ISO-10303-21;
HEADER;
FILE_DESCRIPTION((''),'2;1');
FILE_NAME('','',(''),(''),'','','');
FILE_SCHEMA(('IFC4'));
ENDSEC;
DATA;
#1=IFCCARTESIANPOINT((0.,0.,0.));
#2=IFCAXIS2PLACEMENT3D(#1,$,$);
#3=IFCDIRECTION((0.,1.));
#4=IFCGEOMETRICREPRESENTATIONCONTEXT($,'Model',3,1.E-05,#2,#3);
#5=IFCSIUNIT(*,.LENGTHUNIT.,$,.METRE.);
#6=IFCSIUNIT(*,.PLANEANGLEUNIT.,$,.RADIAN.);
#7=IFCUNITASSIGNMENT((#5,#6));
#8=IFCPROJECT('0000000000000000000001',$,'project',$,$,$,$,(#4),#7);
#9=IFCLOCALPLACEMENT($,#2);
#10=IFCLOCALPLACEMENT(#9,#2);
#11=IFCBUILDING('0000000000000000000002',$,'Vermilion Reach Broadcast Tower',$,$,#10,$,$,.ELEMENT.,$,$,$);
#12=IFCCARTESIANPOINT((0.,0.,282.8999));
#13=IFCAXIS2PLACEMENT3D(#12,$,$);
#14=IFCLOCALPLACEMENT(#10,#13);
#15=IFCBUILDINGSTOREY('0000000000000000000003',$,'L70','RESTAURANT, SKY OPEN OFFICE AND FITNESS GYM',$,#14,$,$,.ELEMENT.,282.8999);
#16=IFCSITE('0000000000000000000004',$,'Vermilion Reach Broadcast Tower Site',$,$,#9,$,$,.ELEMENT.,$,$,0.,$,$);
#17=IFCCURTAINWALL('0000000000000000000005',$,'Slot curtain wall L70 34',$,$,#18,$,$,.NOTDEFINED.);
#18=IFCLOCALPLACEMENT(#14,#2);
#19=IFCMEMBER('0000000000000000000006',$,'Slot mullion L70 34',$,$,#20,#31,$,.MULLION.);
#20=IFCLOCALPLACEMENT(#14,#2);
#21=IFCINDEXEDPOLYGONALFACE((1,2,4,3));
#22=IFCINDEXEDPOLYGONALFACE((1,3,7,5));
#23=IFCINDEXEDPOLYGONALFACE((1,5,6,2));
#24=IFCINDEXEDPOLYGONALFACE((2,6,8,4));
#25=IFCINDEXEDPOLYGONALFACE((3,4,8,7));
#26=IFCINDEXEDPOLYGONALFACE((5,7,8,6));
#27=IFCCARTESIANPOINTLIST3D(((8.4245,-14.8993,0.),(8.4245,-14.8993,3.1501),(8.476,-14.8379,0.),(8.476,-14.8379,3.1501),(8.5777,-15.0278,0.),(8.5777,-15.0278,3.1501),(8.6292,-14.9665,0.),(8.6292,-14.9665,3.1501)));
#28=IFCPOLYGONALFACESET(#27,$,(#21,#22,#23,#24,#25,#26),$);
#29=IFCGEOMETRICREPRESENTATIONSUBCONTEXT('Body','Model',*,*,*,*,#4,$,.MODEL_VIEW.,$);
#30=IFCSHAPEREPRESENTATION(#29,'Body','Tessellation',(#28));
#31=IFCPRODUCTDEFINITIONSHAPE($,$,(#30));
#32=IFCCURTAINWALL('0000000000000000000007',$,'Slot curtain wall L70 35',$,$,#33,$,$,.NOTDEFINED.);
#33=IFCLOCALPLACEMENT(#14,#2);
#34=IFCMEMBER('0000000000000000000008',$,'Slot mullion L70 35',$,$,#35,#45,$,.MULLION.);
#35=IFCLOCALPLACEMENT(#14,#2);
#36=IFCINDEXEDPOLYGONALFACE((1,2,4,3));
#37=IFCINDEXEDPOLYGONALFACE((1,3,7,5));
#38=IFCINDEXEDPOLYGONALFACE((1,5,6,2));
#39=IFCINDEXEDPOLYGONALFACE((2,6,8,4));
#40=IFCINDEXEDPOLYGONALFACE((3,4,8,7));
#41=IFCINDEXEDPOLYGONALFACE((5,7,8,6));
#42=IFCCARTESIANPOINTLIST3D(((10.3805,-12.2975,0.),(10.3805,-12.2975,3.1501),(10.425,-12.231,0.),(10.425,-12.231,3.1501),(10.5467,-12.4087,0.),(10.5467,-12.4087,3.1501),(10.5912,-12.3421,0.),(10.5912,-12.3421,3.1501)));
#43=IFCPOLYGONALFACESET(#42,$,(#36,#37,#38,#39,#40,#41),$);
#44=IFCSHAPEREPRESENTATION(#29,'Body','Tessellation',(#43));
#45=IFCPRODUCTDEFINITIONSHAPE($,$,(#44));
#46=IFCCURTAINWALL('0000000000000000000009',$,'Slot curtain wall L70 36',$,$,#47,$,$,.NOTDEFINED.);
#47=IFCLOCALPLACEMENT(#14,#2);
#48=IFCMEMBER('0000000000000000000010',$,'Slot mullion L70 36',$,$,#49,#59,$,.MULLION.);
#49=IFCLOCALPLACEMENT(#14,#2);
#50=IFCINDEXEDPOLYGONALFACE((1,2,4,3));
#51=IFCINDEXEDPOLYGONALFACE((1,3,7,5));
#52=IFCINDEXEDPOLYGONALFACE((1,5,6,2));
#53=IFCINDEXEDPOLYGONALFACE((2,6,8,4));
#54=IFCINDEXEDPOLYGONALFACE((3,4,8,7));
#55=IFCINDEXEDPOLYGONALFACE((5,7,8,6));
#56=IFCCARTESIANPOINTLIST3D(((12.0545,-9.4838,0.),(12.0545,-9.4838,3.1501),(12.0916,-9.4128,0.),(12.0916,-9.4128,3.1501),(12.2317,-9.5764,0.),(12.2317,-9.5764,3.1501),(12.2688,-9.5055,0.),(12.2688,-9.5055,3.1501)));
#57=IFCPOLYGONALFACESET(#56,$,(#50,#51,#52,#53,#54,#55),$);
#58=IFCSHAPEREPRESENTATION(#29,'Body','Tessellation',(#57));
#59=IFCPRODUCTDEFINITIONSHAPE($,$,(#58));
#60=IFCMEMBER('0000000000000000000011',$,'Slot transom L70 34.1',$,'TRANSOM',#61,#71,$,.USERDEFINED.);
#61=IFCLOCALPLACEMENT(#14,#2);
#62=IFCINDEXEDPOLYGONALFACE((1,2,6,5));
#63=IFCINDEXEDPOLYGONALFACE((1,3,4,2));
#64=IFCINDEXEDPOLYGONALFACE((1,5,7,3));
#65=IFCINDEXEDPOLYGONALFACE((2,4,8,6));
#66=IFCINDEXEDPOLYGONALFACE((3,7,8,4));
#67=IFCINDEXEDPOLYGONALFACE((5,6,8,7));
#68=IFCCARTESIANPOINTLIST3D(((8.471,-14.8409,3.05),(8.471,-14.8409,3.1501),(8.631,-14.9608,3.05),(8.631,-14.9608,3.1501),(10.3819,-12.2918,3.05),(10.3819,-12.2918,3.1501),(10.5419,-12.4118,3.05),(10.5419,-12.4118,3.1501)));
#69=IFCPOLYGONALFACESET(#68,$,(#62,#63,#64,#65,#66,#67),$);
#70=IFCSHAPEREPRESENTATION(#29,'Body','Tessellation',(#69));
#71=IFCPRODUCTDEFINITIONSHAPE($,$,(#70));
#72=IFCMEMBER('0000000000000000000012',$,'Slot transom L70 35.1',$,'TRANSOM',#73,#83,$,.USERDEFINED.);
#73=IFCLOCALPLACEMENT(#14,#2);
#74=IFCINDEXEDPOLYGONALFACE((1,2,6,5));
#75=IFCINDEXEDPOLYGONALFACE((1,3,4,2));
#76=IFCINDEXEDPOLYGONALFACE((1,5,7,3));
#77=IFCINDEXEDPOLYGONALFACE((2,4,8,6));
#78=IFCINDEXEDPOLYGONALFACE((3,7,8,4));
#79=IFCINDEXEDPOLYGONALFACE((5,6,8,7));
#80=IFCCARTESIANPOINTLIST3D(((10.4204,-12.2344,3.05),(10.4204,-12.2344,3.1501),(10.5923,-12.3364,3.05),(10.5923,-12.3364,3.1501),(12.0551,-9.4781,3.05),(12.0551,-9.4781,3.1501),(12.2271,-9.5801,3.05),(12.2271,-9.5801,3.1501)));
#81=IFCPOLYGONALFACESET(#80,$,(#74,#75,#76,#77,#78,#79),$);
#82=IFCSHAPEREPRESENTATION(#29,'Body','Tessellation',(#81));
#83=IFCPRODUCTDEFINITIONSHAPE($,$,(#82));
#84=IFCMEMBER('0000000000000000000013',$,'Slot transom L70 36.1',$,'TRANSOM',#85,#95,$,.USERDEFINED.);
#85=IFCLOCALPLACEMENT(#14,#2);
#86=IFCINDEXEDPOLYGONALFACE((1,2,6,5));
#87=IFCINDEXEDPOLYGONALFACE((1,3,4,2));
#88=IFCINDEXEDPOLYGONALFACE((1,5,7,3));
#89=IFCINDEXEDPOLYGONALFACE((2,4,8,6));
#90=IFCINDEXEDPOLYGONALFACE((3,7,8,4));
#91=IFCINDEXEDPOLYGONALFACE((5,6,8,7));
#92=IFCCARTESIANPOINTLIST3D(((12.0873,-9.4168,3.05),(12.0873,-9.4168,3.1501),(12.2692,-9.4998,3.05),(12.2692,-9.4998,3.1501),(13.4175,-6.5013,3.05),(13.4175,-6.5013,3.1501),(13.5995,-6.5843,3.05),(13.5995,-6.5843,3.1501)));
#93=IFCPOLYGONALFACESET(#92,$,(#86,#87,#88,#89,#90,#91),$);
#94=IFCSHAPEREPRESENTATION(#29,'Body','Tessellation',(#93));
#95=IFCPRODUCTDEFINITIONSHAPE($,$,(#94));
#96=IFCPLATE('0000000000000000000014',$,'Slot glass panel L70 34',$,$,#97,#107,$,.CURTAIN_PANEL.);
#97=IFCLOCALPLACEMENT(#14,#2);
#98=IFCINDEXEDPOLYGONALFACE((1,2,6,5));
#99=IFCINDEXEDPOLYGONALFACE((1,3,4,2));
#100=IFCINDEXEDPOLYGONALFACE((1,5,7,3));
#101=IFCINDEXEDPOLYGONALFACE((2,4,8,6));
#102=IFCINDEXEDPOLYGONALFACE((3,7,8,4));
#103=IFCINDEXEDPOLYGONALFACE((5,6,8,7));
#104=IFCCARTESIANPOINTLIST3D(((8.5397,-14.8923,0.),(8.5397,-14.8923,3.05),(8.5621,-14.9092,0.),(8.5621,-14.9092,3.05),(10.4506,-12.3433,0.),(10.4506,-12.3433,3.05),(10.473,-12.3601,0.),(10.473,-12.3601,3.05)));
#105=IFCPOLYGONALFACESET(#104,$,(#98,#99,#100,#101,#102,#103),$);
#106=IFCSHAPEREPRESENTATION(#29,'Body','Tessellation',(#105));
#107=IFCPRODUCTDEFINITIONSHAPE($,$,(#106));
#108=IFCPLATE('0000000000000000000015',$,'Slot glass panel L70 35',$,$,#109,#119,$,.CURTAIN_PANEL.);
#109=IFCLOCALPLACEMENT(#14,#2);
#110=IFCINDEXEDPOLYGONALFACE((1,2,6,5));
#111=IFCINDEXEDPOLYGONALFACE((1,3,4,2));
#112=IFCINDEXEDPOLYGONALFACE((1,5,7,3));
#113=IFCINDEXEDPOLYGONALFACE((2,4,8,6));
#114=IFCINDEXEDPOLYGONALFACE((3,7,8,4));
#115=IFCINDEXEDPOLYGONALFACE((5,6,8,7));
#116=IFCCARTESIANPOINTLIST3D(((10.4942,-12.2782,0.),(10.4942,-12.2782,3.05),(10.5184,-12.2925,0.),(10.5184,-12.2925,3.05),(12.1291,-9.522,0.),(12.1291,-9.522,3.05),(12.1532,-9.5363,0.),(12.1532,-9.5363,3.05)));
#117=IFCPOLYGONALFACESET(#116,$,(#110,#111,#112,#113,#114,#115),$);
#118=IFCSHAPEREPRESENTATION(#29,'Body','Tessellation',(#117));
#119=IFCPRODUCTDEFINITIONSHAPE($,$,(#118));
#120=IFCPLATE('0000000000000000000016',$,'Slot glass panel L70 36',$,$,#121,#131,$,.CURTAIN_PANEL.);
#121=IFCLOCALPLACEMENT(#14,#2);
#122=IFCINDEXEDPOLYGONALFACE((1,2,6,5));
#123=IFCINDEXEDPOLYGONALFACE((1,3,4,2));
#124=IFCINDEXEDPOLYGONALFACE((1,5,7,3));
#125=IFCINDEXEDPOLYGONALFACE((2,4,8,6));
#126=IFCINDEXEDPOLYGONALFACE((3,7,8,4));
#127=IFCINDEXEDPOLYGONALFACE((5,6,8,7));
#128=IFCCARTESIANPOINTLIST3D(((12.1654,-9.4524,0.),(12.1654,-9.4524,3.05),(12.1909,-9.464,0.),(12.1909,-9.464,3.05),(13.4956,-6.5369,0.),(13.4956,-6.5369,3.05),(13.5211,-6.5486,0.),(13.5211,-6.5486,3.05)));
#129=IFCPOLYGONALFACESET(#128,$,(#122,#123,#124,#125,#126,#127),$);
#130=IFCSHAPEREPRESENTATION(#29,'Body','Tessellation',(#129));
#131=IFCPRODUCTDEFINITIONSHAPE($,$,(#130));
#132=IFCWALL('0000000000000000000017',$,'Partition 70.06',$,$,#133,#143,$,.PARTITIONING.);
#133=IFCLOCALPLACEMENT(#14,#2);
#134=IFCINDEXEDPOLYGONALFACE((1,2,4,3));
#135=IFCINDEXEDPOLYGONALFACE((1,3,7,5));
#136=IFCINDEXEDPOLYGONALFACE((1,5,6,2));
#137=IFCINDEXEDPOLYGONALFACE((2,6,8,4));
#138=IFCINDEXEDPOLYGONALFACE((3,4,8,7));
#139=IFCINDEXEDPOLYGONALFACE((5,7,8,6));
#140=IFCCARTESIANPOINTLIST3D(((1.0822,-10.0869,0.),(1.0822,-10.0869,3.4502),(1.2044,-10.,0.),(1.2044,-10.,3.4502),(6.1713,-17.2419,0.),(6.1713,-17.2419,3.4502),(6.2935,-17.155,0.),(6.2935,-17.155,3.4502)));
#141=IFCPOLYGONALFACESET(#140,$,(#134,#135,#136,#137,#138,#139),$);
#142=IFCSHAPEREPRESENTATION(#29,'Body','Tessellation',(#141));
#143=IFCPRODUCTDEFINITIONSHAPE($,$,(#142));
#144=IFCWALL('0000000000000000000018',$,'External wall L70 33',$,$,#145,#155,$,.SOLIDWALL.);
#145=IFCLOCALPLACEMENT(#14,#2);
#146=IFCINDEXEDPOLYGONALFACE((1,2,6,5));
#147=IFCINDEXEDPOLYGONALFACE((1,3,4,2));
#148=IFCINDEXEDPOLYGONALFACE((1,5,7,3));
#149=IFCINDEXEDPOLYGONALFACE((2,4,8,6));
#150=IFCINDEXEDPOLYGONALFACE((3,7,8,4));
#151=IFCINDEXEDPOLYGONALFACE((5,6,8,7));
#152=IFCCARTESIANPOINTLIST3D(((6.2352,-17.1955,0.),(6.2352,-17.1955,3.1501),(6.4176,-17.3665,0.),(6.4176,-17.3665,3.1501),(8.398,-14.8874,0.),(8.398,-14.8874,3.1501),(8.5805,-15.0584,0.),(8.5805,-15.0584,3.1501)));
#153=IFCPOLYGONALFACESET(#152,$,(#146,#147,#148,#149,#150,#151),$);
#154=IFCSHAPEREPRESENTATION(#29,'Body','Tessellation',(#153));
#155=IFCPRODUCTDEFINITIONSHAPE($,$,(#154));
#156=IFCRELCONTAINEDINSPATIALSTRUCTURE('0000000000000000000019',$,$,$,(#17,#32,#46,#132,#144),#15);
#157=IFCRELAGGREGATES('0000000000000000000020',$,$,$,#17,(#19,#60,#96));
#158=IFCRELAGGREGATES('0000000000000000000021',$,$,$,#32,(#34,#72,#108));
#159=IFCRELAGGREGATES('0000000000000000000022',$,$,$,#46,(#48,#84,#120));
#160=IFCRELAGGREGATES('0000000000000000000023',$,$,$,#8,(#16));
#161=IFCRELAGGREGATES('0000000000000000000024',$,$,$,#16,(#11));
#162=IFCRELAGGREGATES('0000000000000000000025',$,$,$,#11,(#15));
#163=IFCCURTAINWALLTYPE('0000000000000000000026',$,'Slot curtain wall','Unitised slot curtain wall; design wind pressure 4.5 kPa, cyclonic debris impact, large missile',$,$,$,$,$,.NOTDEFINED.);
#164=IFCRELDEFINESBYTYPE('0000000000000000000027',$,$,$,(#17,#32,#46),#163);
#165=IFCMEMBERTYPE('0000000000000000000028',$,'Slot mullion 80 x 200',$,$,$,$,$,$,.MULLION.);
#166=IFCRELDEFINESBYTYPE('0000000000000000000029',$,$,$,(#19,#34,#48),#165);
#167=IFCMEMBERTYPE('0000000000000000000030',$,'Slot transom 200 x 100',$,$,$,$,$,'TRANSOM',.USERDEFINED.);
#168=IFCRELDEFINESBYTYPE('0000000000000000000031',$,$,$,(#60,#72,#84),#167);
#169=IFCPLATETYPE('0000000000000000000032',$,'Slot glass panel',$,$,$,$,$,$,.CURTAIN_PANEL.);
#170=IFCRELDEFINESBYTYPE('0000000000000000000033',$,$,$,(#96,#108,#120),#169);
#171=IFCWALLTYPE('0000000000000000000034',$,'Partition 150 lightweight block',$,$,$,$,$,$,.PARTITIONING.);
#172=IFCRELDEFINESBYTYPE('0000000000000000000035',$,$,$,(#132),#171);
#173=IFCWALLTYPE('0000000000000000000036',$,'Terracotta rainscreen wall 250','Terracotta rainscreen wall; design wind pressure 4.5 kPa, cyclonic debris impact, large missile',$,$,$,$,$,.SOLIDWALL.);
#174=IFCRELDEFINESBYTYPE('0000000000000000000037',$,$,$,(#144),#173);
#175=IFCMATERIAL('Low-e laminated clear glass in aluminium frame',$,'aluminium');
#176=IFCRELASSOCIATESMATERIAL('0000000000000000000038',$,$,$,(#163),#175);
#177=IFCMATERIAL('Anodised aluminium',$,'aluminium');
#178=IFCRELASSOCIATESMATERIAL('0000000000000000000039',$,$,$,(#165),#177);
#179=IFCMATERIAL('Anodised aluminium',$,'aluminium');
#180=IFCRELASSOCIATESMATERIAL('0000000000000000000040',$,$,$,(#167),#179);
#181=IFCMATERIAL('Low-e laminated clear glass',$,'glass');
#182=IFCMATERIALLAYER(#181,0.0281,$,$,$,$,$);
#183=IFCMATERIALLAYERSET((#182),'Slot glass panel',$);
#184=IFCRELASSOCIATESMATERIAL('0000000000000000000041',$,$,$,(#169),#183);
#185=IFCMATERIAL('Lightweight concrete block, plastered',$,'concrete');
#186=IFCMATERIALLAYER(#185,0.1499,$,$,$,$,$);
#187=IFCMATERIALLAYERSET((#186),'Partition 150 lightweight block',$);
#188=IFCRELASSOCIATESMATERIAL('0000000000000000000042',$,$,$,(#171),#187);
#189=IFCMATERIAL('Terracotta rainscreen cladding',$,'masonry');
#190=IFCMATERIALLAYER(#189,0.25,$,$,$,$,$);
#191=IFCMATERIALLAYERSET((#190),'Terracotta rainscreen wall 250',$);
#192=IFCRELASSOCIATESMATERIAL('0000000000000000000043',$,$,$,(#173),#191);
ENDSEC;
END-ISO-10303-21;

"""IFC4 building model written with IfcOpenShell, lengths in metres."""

from ifc_helpers import new_model, si_unit, direction, frame, frame_2d, origin, origin_2d, place, context, subcontext, project, spatial, rectangle, extrude, material, layer, layer_set, material_profile, profile_set, type_object, element, aggregate, save


model = new_model("IFC4")

# Units and contexts
model_context = context("Model", 3, precision=1e-05, world=origin(), true_north=direction((0.0, 1.0)))
body_context = subcontext(model_context, "Body", "Model", "MODEL_VIEW")
ifc_project = project(units=[si_unit("LENGTHUNIT", "METRE"), si_unit("PLANEANGLEUNIT", "RADIAN")], contexts=[model_context])

# Site, building, storey
site_placement = place(None, origin())
site = spatial("IfcSite", under=ifc_project, at=site_placement, Name="Vermilion Reach Broadcast Tower Site", CompositionType="ELEMENT", RefElevation=0.0)
building_placement = place(site_placement, origin())
building = spatial("IfcBuilding", under=site, at=building_placement, Name="Vermilion Reach Broadcast Tower", CompositionType="ELEMENT")
storey_placement = place(building_placement, frame((0.0, 0.0, 282.8999)))
storey = spatial("IfcBuildingStorey", under=building, at=storey_placement, Name="L70", Description="RESTAURANT, SKY OPEN OFFICE AND FITNESS GYM", CompositionType="ELEMENT", Elevation=282.8999)

# Curtain walls, members
ifc_material_1 = material(Name="Low-e laminated clear glass in aluminium frame", Category="aluminium")
curtain_wall_type = type_object("IfcCurtainWallType", Name="Slot curtain wall", Description="Unitised slot curtain wall; design wind pressure 4.5 kPa, cyclonic debris impact, large missile", PredefinedType="NOTDEFINED", material=ifc_material_1)
placement = place(storey_placement, origin())
curtain_wall_1 = element("IfcCurtainWall", 1, at=placement, inside=storey, type_object=curtain_wall_type, Name="Slot curtain wall L70 34", PredefinedType="NOTDEFINED")
ifc_material_2 = material(Name="Anodised aluminium", Category="aluminium")
ifc_material_profile_1 = material_profile(ifc_material_2, rectangle(XDim=0.2, YDim=0.0801, at=origin_2d()), Name="Slot mullion 80 x 200")
ifc_profile_set_1 = profile_set([ifc_material_profile_1], Name="Anodised aluminium")
member_type_1 = type_object("IfcMemberType", Name="Slot mullion 80 x 200", PredefinedType="MULLION", material=ifc_profile_set_1)
member_1_placement = place(storey_placement, frame((8.5269, -14.9329, 0.0), z_axis=(0.0, 0.0, 1.0), x_axis=(-0.766033, 0.642801, 0.0)))
member_1 = element("IfcMember", 2, at=member_1_placement, type_object=member_type_1, Name="Slot mullion L70 34", PredefinedType="MULLION", context=body_context, shape_type="SweptSolid", body=[
    extrude(rectangle(XDim=0.2, YDim=0.0801, at=origin_2d()), origin(), (0.0, 0.0, 1.0), 3.1501),
])
curtain_wall_2 = element("IfcCurtainWall", 3, at=placement, inside=storey, type_object=curtain_wall_type, Name="Slot curtain wall L70 35", PredefinedType="NOTDEFINED")
member_2_placement = place(storey_placement, frame((10.4858, -12.3198, 0.0), z_axis=(0.0, 0.0, 1.0), x_axis=(-0.831315, 0.555801, 0.0)))
member_2 = element("IfcMember", 4, at=member_2_placement, type_object=member_type_1, Name="Slot mullion L70 35", PredefinedType="MULLION", context=body_context, shape_type="SweptSolid", body=[
    extrude(rectangle(XDim=0.2, YDim=0.0801, at=origin_2d()), origin(), (0.0, 0.0, 1.0), 3.1501),
])
curtain_wall_3 = element("IfcCurtainWall", 5, at=placement, inside=storey, type_object=curtain_wall_type, Name="Slot curtain wall L70 36", PredefinedType="NOTDEFINED")
member_3_placement = place(storey_placement, frame((12.1616, -9.4946, 0.0), z_axis=(0.0, 0.0, 1.0), x_axis=(-0.886204, 0.463296, 0.0)))
member_3 = element("IfcMember", 6, at=member_3_placement, type_object=member_type_1, Name="Slot mullion L70 36", PredefinedType="MULLION", context=body_context, shape_type="SweptSolid", body=[
    extrude(rectangle(XDim=0.2, YDim=0.0801, at=origin_2d()), origin(), (0.0, 0.0, 1.0), 3.1501),
])

# Members
ifc_material_3 = material(Name="Anodised aluminium", Category="aluminium")
ifc_material_profile_2 = material_profile(ifc_material_3, rectangle(XDim=0.2, YDim=0.1001, at=origin_2d()), Name="Slot transom 200 x 100")
ifc_profile_set_2 = profile_set([ifc_material_profile_2], Name="Anodised aluminium")
member_type_2 = type_object("IfcMemberType", Name="Slot transom 200 x 100", ElementType="TRANSOM", PredefinedType="USERDEFINED", material=ifc_profile_set_2)
member_4_placement = place(storey_placement, frame((8.551, -14.9009, 3.1001), z_axis=(0.599816, 0.800138, 0.0), x_axis=(-0.800138, 0.599816, 0.0)))
member_4 = element("IfcMember", 7, at=member_4_placement, type_object=member_type_2, Name="Slot transom L70 34.1", ObjectType="TRANSOM", PredefinedType="USERDEFINED", context=body_context, shape_type="SweptSolid", body=[
    extrude(rectangle(XDim=0.2, YDim=0.1001, at=origin_2d()), origin(), (0.0, 0.0, 1.0), 3.1858),
])
member_5_placement = place(storey_placement, frame((10.5063, -12.2854, 3.1001), z_axis=(0.51012, 0.860103, 0.0), x_axis=(-0.860103, 0.51012, 0.0)))
member_5 = element("IfcMember", 8, at=member_5_placement, type_object=member_type_2, Name="Slot transom L70 35.1", ObjectType="TRANSOM", PredefinedType="USERDEFINED", context=body_context, shape_type="SweptSolid", body=[
    extrude(rectangle(XDim=0.2, YDim=0.1001, at=origin_2d()), origin(), (0.0, 0.0, 1.0), 3.2046),
])
member_6_placement = place(storey_placement, frame((12.1782, -9.4583, 3.1001), z_axis=(0.415117, 0.909768, 0.0), x_axis=(-0.909768, 0.415117, 0.0)))
member_6 = element("IfcMember", 9, at=member_6_placement, type_object=member_type_2, Name="Slot transom L70 36.1", ObjectType="TRANSOM", PredefinedType="USERDEFINED", context=body_context, shape_type="SweptSolid", body=[
    extrude(rectangle(XDim=0.2, YDim=0.1001, at=origin_2d()), origin(), (0.0, 0.0, 1.0), 3.2046),
])

# Plates
ifc_material_4 = material(Name="Low-e laminated clear glass", Category="glass")
ifc_layer_1 = layer(ifc_material_4, 0.0281)
ifc_layer_set_1 = layer_set([ifc_layer_1], Name="Slot glass panel")
plate_type = type_object("IfcPlateType", Name="Slot glass panel", PredefinedType="CURTAIN_PANEL", material=ifc_layer_set_1)
plate_1_placement = place(storey_placement, frame((9.5063, -13.6262, 0.0), z_axis=(0.0, 0.0, 1.0), x_axis=(0.599827, 0.800129, 0.0)))
plate_1 = element("IfcPlate", 10, at=plate_1_placement, type_object=plate_type, Name="Slot glass panel L70 34", PredefinedType="CURTAIN_PANEL", context=body_context, shape_type="SweptSolid", body=[
    extrude(rectangle(XDim=3.1858, YDim=0.0281, at=origin_2d()), origin(), (0.0, 0.0, 1.0), 3.05),
])
aggregate(curtain_wall_1, [member_1, member_4, plate_1])
plate_2_placement = place(storey_placement, frame((11.3237, -10.9072, 0.0), z_axis=(0.0, 0.0, 1.0), x_axis=(0.510157, 0.860081, 0.0)))
plate_2 = element("IfcPlate", 11, at=plate_2_placement, type_object=plate_type, Name="Slot glass panel L70 35", PredefinedType="CURTAIN_PANEL", context=body_context, shape_type="SweptSolid", body=[
    extrude(rectangle(XDim=3.2046, YDim=0.0281, at=origin_2d()), origin(), (0.0, 0.0, 1.0), 3.05),
])
aggregate(curtain_wall_2, [member_2, member_5, plate_2])
plate_3_placement = place(storey_placement, frame((12.8433, -8.0005, 0.0), z_axis=(0.0, 0.0, 1.0), x_axis=(0.415101, 0.909775, 0.0)))
plate_3 = element("IfcPlate", 12, at=plate_3_placement, type_object=plate_type, Name="Slot glass panel L70 36", PredefinedType="CURTAIN_PANEL", context=body_context, shape_type="SweptSolid", body=[
    extrude(rectangle(XDim=3.2046, YDim=0.0281, at=origin_2d()), origin(), (0.0, 0.0, 1.0), 3.05),
])
aggregate(curtain_wall_3, [member_3, member_6, plate_3])

# Walls
ifc_material_5 = material(Name="Lightweight concrete block, plastered", Category="concrete")
ifc_layer_2 = layer(ifc_material_5, 0.1499)
ifc_layer_set_2 = layer_set([ifc_layer_2], Name="Partition 150 lightweight block")
wall_type_1 = type_object("IfcWallType", Name="Partition 150 lightweight block", PredefinedType="PARTITIONING", material=ifc_layer_set_2)
wall_1_placement = place(storey_placement, frame((6.2324, -17.1985, 0.0), z_axis=(0.0, 0.0, 1.0), x_axis=(-0.579606, 0.814897, 0.0)))
element("IfcWall", 13, at=wall_1_placement, inside=storey, type_object=wall_type_1, Name="Partition 70.06", PredefinedType="PARTITIONING", context=body_context, shape_type="SweptSolid", body=[
    extrude(rectangle(XDim=8.7803, YDim=0.1499, at=frame_2d((4.3901, 0.0))), origin(), (0.0, 0.0, 1.0), 3.4502),
])
ifc_material_6 = material(Name="Terracotta rainscreen cladding", Category="masonry")
ifc_layer_3 = layer(ifc_material_6, 0.25)
ifc_layer_set_3 = layer_set([ifc_layer_3], Name="Terracotta rainscreen wall 250")
wall_type_2 = type_object("IfcWallType", Name="Terracotta rainscreen wall 250", Description="Terracotta rainscreen wall; design wind pressure 4.5 kPa, cyclonic debris impact, large missile", PredefinedType="SOLIDWALL", material=ifc_layer_set_3)
wall_2_placement = place(storey_placement, frame((6.3264, -17.281, 0.0), z_axis=(0.0, 0.0, 1.0), x_axis=(0.683772, 0.729696, 0.0)))
element("IfcWall", 14, at=wall_2_placement, inside=storey, type_object=wall_type_2, Name="External wall L70 33", PredefinedType="SOLIDWALL", context=body_context, shape_type="SweptSolid", body=[
    extrude(rectangle(XDim=3.1631, YDim=0.25, at=frame_2d((1.5815, 0.0))), origin(), (0.0, 0.0, 1.0), 3.1501),
])

save(model, "model.ifc")
